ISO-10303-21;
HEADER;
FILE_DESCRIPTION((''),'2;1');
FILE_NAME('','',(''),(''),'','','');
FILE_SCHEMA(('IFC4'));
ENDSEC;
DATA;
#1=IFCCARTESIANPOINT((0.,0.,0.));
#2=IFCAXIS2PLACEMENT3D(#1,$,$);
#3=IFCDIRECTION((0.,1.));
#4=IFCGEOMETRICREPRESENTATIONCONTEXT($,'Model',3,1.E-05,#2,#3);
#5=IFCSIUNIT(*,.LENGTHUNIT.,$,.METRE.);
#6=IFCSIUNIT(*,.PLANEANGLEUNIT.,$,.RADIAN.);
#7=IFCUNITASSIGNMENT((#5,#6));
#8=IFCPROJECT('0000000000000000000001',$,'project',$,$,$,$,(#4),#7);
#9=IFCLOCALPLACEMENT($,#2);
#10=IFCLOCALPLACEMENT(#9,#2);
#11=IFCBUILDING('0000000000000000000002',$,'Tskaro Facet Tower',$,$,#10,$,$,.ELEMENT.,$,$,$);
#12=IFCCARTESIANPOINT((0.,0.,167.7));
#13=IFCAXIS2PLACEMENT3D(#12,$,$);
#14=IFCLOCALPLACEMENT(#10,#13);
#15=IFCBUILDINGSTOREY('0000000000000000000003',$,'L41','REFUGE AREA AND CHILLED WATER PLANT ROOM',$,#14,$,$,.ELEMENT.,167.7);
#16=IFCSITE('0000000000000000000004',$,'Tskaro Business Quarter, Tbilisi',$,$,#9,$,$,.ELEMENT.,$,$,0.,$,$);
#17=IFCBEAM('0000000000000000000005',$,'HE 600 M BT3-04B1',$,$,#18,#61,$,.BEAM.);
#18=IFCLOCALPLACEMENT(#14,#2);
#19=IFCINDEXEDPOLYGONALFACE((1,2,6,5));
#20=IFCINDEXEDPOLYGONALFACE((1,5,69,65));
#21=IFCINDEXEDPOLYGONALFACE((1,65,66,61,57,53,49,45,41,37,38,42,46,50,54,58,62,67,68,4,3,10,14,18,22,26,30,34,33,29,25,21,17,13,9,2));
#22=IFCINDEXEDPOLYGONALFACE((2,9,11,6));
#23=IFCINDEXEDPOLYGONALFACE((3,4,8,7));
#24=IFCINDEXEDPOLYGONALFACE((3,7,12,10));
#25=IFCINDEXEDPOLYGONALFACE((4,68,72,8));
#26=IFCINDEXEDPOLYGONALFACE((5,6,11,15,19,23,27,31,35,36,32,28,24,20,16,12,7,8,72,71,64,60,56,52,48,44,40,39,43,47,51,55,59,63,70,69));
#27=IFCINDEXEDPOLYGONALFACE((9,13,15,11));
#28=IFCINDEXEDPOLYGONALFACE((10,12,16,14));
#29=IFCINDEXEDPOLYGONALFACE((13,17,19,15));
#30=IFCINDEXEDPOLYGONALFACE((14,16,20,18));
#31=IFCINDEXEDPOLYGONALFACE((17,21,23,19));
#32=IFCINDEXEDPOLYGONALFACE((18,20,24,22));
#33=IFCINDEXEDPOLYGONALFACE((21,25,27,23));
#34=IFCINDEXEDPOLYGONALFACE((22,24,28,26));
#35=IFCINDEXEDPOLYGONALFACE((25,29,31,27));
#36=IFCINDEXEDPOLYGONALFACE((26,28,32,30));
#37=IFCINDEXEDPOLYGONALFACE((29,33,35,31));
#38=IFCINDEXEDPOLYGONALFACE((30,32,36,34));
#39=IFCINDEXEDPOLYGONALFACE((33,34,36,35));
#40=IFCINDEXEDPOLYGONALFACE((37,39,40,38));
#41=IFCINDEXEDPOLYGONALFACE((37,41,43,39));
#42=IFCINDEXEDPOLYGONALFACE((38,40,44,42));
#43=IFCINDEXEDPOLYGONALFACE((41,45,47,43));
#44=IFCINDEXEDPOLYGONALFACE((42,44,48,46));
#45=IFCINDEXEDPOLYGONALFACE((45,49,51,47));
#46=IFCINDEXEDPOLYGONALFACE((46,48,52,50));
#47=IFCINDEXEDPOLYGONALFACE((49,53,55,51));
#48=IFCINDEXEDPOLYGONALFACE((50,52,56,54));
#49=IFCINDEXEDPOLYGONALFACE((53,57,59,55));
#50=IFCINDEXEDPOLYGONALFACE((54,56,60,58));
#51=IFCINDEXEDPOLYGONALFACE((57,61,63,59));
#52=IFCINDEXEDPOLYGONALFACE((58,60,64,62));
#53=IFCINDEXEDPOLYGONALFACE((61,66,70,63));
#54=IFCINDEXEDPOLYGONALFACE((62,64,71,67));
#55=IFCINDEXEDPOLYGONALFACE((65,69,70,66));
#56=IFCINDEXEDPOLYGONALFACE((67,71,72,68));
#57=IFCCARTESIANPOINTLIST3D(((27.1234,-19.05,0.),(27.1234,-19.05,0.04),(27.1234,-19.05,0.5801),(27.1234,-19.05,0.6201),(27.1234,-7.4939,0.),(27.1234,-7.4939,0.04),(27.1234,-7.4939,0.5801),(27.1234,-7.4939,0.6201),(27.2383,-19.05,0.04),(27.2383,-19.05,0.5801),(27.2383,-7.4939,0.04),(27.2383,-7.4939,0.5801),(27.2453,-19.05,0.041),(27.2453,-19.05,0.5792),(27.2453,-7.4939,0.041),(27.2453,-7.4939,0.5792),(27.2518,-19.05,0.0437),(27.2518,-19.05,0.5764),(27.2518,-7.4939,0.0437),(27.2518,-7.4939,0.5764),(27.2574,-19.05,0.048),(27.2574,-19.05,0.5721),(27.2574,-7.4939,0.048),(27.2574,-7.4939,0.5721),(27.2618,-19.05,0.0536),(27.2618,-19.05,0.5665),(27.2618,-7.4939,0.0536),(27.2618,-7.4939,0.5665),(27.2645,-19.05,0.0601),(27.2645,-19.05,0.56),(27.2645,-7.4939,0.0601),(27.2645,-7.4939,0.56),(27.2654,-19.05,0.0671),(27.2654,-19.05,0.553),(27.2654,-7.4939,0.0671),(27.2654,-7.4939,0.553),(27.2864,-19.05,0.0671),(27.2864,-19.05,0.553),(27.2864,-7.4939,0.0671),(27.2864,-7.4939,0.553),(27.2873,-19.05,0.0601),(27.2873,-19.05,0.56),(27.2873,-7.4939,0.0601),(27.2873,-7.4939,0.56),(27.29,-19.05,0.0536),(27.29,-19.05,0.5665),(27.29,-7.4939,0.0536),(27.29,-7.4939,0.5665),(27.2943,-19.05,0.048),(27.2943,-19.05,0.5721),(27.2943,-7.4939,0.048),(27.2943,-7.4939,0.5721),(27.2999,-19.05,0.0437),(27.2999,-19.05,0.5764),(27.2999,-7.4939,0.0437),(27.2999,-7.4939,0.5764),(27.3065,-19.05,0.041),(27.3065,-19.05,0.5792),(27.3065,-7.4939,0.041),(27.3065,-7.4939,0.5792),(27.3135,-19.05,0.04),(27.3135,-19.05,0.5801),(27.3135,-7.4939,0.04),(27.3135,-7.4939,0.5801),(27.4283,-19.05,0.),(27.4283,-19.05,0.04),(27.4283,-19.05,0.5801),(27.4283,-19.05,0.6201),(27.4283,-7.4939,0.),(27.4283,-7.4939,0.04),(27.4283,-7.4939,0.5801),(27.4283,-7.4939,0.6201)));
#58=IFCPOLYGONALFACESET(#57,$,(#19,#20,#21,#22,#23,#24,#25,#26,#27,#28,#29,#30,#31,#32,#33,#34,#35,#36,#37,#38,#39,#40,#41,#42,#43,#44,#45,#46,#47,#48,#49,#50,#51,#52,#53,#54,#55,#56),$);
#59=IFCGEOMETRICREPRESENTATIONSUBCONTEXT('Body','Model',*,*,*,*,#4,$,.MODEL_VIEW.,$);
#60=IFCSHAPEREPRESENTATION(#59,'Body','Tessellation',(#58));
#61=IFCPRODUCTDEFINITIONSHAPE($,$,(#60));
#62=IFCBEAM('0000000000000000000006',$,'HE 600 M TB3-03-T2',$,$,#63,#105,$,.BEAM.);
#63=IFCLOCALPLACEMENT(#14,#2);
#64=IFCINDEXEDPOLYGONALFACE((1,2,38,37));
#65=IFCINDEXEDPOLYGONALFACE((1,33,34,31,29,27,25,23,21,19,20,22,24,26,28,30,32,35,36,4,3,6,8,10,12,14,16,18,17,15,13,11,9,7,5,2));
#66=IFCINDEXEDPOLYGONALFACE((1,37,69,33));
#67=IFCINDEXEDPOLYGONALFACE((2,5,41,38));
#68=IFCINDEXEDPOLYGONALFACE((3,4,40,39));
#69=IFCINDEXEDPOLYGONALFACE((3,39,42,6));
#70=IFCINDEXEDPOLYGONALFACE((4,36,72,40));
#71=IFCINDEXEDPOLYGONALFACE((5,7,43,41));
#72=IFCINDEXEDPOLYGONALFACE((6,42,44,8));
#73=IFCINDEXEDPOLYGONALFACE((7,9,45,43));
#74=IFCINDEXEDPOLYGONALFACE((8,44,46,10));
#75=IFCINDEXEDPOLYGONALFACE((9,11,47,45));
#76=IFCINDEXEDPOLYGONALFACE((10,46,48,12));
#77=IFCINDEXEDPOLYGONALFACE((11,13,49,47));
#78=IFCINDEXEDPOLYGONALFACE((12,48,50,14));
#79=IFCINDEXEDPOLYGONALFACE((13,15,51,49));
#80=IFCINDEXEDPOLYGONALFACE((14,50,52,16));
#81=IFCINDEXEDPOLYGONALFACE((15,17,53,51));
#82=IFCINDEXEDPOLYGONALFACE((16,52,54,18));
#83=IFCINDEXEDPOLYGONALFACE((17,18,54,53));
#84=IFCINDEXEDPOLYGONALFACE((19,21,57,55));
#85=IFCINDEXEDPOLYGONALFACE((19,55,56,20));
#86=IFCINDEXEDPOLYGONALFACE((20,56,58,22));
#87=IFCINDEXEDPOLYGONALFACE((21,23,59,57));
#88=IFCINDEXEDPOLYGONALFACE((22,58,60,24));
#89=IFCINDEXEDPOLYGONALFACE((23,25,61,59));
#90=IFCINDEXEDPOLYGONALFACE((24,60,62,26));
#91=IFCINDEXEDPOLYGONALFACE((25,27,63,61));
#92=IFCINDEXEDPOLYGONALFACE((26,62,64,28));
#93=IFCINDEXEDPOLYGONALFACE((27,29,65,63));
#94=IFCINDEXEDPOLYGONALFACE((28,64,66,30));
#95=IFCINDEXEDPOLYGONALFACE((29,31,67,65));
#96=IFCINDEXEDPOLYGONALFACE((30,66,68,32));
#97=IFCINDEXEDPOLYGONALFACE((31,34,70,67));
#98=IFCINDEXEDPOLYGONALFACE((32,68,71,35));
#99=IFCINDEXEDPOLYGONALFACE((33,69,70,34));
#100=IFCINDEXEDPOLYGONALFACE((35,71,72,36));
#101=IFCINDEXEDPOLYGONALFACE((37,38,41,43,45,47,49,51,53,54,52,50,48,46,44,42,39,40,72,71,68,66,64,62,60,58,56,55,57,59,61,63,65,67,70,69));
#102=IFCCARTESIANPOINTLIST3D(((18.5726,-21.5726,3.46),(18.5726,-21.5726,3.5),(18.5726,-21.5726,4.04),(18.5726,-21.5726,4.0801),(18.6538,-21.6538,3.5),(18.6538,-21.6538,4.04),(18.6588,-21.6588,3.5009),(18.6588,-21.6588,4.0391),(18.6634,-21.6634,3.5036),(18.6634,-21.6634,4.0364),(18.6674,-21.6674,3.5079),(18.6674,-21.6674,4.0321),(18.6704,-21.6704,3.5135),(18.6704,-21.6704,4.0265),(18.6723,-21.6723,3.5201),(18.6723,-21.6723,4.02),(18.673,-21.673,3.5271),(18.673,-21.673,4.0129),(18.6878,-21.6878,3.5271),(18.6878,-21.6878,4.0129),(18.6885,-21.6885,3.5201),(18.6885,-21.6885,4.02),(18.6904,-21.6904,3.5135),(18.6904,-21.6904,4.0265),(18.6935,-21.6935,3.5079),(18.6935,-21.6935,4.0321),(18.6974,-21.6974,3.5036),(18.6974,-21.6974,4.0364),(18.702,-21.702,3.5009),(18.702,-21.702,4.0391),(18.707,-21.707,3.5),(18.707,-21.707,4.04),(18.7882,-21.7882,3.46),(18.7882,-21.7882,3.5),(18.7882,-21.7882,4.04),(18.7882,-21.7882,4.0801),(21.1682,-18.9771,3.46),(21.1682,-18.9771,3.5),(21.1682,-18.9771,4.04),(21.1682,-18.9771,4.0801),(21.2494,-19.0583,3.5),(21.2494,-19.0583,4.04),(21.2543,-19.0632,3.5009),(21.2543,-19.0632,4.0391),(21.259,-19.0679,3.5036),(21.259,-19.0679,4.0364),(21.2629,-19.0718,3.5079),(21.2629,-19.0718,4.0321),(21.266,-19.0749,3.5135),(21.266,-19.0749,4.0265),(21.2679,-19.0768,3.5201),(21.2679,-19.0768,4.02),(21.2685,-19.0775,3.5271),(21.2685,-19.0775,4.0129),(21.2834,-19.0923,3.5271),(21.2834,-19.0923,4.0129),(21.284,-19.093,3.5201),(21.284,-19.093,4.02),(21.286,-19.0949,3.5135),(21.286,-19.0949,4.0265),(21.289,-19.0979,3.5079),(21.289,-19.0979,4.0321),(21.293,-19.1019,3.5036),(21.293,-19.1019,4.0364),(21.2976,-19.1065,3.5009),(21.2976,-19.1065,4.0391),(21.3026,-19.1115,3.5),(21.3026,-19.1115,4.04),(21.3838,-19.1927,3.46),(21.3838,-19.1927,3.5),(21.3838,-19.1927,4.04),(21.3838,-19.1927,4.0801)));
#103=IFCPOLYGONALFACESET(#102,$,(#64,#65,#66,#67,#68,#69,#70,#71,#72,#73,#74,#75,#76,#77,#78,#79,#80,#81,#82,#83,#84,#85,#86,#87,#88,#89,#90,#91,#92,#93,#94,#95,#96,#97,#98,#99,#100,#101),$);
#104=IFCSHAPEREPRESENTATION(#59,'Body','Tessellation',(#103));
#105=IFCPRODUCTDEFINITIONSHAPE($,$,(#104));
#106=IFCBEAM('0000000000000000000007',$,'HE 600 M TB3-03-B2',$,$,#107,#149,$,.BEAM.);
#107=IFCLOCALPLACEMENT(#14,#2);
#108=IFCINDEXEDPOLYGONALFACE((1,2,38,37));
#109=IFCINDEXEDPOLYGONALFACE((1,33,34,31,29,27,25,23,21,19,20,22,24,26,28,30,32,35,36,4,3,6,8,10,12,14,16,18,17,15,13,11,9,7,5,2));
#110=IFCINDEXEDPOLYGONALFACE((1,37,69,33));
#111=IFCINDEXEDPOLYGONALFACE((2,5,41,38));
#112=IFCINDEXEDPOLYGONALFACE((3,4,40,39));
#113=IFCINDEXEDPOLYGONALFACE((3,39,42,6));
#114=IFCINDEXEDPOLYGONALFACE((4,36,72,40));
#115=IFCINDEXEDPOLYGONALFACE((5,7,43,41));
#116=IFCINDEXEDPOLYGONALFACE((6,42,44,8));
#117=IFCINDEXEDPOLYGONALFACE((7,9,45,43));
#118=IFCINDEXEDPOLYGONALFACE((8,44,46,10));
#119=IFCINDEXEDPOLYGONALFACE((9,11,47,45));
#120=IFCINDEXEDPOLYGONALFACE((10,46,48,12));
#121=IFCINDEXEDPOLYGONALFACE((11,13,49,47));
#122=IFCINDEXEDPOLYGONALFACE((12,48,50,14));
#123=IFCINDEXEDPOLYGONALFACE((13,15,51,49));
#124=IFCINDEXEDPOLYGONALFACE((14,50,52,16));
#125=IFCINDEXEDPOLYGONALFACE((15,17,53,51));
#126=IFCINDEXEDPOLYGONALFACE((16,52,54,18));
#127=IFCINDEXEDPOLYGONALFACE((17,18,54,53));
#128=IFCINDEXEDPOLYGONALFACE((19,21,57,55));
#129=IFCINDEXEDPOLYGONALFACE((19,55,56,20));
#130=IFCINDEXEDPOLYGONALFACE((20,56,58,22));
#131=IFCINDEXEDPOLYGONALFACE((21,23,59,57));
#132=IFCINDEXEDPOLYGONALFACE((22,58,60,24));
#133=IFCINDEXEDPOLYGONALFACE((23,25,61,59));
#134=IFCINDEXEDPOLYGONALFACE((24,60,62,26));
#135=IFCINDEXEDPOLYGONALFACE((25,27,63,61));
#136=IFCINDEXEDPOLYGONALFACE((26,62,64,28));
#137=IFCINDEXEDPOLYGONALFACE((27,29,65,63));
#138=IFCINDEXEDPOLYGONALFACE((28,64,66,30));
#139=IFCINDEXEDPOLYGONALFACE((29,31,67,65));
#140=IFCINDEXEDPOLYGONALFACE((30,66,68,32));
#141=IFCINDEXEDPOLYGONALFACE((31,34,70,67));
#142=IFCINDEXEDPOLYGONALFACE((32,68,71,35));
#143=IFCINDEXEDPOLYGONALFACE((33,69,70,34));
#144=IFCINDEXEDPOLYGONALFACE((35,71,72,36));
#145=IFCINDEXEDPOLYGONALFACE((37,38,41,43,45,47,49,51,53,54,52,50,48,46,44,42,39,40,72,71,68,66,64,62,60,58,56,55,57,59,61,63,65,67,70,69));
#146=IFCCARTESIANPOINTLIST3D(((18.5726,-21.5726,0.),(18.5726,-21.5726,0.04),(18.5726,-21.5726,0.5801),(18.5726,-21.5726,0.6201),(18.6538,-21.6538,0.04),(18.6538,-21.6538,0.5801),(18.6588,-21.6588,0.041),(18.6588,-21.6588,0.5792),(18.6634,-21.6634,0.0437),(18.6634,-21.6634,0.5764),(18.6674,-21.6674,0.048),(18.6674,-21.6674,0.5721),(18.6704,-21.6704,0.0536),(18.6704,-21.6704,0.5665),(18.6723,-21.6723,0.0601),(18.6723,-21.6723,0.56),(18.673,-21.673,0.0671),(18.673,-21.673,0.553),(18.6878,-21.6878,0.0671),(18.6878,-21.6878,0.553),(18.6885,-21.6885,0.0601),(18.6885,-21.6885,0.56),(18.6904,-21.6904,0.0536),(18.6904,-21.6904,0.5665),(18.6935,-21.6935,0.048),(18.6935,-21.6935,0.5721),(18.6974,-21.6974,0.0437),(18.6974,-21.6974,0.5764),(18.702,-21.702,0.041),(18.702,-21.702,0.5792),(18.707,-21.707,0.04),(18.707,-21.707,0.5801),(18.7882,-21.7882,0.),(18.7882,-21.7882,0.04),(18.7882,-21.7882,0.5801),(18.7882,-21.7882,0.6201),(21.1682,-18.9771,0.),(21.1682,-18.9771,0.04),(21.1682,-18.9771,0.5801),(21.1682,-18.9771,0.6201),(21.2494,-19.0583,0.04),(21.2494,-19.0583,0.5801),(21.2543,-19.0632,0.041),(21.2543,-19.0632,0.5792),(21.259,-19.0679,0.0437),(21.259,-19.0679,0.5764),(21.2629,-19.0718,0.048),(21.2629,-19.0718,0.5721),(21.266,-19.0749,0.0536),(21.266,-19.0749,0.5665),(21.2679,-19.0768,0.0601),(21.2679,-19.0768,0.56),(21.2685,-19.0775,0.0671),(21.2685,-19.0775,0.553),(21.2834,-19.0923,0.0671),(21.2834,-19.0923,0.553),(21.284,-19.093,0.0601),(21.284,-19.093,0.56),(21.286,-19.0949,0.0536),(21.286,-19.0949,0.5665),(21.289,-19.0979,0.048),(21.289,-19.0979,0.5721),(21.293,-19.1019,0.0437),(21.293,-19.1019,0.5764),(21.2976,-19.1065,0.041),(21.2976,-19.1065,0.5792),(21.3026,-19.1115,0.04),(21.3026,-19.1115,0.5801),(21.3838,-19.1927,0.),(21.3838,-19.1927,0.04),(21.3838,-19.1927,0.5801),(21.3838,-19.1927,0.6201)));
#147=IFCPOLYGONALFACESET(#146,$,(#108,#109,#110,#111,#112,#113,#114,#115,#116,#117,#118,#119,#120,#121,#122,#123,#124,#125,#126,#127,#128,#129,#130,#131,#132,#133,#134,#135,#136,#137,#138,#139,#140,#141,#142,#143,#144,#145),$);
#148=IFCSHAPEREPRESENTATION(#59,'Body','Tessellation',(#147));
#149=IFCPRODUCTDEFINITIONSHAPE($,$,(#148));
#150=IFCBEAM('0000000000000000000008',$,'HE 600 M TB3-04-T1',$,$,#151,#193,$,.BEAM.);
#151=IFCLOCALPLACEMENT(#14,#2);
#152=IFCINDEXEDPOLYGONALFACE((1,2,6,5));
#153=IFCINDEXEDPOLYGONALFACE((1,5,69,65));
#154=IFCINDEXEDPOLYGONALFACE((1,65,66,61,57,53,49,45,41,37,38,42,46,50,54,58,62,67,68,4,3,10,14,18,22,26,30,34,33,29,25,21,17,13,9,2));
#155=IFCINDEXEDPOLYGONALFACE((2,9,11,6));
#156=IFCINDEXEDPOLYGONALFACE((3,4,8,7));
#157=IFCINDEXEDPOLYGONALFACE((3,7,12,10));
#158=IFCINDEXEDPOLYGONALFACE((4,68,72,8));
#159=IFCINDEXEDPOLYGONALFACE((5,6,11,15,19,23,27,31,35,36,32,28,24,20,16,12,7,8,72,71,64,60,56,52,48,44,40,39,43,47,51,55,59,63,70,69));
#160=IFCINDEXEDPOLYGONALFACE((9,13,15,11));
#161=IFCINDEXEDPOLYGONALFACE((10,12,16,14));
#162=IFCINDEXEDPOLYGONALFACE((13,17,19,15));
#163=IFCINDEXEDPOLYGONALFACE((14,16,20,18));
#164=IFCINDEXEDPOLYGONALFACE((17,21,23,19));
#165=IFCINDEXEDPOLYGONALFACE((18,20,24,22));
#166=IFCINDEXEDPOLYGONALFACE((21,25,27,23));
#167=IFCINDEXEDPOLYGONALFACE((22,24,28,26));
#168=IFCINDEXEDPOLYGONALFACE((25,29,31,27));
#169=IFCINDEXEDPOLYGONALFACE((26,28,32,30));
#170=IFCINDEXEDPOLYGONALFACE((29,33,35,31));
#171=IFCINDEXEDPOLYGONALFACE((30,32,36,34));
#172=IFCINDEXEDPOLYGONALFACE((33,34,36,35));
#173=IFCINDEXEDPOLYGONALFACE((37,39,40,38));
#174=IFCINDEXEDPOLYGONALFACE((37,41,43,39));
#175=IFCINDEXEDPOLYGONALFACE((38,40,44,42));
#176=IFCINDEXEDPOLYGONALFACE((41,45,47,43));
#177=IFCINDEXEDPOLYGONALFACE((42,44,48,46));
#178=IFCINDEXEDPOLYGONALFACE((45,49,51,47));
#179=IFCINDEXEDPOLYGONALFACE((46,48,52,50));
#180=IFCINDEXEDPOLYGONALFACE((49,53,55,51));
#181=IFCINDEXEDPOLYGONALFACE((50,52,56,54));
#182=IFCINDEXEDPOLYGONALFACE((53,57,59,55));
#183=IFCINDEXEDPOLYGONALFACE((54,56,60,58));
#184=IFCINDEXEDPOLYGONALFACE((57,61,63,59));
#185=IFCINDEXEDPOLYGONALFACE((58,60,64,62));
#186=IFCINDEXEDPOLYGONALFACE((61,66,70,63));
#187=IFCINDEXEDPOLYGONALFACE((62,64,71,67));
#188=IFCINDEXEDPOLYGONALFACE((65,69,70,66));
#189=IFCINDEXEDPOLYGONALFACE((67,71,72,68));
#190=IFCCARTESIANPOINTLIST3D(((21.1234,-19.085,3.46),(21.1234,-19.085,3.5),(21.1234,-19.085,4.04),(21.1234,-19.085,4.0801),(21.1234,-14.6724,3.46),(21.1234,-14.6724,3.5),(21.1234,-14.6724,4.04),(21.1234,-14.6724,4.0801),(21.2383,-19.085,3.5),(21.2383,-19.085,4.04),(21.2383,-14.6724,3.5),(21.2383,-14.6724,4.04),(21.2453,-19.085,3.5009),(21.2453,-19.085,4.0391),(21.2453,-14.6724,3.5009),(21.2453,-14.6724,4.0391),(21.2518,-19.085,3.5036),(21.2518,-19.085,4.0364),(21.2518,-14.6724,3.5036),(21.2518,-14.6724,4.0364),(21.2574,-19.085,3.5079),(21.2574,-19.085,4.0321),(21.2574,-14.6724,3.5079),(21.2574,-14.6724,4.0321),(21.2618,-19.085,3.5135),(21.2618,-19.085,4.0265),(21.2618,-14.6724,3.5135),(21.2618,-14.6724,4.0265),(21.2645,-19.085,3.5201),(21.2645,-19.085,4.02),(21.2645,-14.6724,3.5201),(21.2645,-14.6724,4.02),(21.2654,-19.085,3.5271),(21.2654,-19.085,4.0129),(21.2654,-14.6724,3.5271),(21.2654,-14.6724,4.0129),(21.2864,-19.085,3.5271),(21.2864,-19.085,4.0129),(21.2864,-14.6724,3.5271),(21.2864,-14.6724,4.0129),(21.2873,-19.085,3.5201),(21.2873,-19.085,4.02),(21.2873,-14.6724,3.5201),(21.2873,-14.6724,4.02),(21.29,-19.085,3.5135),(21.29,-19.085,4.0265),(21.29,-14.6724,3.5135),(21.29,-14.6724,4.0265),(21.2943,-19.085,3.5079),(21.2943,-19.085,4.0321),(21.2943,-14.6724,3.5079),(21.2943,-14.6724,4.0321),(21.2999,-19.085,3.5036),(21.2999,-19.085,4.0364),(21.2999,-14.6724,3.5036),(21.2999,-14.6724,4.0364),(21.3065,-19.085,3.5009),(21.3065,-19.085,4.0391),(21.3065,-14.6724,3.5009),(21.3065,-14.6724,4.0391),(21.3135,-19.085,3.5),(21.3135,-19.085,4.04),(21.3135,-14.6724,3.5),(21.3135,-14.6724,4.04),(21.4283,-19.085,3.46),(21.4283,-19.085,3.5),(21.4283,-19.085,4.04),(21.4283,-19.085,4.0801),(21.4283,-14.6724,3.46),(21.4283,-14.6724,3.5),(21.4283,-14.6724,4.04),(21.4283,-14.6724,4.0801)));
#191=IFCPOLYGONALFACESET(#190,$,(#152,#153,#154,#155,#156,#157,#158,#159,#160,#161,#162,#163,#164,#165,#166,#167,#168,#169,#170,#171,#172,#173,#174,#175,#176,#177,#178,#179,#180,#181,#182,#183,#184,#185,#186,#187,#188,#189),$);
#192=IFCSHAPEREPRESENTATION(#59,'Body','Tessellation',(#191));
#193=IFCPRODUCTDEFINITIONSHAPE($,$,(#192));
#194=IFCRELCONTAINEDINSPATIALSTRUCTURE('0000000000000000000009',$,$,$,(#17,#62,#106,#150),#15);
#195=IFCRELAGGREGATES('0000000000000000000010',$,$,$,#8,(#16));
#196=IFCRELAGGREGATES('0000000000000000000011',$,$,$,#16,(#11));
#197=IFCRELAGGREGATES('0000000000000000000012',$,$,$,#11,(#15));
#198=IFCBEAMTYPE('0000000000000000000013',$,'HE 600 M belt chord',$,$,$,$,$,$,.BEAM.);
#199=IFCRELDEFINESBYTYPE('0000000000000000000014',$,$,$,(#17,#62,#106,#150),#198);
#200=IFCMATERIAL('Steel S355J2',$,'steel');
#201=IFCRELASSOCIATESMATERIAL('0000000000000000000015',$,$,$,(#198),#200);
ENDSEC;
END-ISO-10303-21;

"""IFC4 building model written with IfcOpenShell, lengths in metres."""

from ifc_helpers import new_model, si_unit, direction, frame, origin, origin_2d, place, context, subcontext, project, spatial, i_section, extrude, material, material_profile, profile_set, type_object, element, save


model = new_model("IFC4")

# Units and contexts
model_context = context("Model", 3, precision=1e-05, world=origin(), true_north=direction((0.0, 1.0)))
body_context = subcontext(model_context, "Body", "Model", "MODEL_VIEW")
ifc_project = project(units=[si_unit("LENGTHUNIT", "METRE"), si_unit("PLANEANGLEUNIT", "RADIAN")], contexts=[model_context])

# Site, building, storey
site_placement = place(None, origin())
site = spatial("IfcSite", under=ifc_project, at=site_placement, Name="Tskaro Business Quarter, Tbilisi", CompositionType="ELEMENT", RefElevation=0.0)
building_placement = place(site_placement, origin())
building = spatial("IfcBuilding", under=site, at=building_placement, Name="Tskaro Facet Tower", CompositionType="ELEMENT")
storey_placement = place(building_placement, frame((0.0, 0.0, 167.7)))
storey = spatial("IfcBuildingStorey", under=building, at=storey_placement, Name="L41", Description="REFUGE AREA AND CHILLED WATER PLANT ROOM", CompositionType="ELEMENT", Elevation=167.7)

# Beams
ifc_material_1 = material(Name="Steel S355J2", Category="steel")
ifc_material_profile_1 = material_profile(ifc_material_1, i_section(OverallWidth=0.3049, OverallDepth=0.6201, WebThickness=0.021, FlangeThickness=0.04, FilletRadius=0.0271, at=origin_2d()), Name="HE 600 M")
ifc_profile_set_1 = profile_set([ifc_material_profile_1], Name="Steel S355J2")
beam_type_1 = type_object("IfcBeamType", Name="HE 600 M belt chord", PredefinedType="BEAM", material=ifc_profile_set_1)
beam_1_placement = place(storey_placement, frame((27.2759, -19.05, 0.3101), z_axis=(0.0, 1.0, 0.0), x_axis=(-1.0, 0.0, 0.0)))
element("IfcBeam", 1, at=beam_1_placement, inside=storey, type_object=beam_type_1, Name="HE 600 M BT3-04B1", PredefinedType="BEAM", context=body_context, shape_type="SweptSolid", body=[
    extrude(i_section(OverallWidth=0.3049, OverallDepth=0.6201, WebThickness=0.021, FlangeThickness=0.04, FilletRadius=0.0271, at=origin_2d()), origin(), (0.0, 0.0, 1.0), 11.5562),
])
for number, where, z_axis, x_axis, name in (
    (2, (18.6804, -21.6804, 3.77), (0.707107, 0.707107, 0.0), (-0.707107, 0.707107, 0.0), "HE 600 M TB3-03-T2"),
    (3, (18.6804, -21.6804, 0.3101), (0.707107, 0.707107, 0.0), (-0.707107, 0.707107, 0.0), "HE 600 M TB3-03-B2"),
):
    element("IfcBeam", number, at=place(storey_placement, frame(where, z_axis=z_axis, x_axis=x_axis)), inside=storey, type_object=beam_type_1, Name=name, PredefinedType="BEAM", context=body_context, shape_type="SweptSolid", body=[
        extrude(i_section(OverallWidth=0.3049, OverallDepth=0.6201, WebThickness=0.021, FlangeThickness=0.04, FilletRadius=0.0271, at=origin_2d()), origin(), (0.0, 0.0, 1.0), 3.6707),
    ])
for number, where, z_axis, x_axis, name in (
    (4, (21.2759, -19.085, 3.77), (0.0, 1.0, 0.0), (-1.0, 0.0, 0.0), "HE 600 M TB3-04-T1"),
):
    element("IfcBeam", number, at=place(storey_placement, frame(where, z_axis=z_axis, x_axis=x_axis)), inside=storey, type_object=beam_type_1, Name=name, PredefinedType="BEAM", context=body_context, shape_type="SweptSolid", body=[
        extrude(i_section(OverallWidth=0.3049, OverallDepth=0.6201, WebThickness=0.021, FlangeThickness=0.04, FilletRadius=0.0271, at=origin_2d()), origin(), (0.0, 0.0, 1.0), 4.4126),
    ])

save(model, "model.ifc")
